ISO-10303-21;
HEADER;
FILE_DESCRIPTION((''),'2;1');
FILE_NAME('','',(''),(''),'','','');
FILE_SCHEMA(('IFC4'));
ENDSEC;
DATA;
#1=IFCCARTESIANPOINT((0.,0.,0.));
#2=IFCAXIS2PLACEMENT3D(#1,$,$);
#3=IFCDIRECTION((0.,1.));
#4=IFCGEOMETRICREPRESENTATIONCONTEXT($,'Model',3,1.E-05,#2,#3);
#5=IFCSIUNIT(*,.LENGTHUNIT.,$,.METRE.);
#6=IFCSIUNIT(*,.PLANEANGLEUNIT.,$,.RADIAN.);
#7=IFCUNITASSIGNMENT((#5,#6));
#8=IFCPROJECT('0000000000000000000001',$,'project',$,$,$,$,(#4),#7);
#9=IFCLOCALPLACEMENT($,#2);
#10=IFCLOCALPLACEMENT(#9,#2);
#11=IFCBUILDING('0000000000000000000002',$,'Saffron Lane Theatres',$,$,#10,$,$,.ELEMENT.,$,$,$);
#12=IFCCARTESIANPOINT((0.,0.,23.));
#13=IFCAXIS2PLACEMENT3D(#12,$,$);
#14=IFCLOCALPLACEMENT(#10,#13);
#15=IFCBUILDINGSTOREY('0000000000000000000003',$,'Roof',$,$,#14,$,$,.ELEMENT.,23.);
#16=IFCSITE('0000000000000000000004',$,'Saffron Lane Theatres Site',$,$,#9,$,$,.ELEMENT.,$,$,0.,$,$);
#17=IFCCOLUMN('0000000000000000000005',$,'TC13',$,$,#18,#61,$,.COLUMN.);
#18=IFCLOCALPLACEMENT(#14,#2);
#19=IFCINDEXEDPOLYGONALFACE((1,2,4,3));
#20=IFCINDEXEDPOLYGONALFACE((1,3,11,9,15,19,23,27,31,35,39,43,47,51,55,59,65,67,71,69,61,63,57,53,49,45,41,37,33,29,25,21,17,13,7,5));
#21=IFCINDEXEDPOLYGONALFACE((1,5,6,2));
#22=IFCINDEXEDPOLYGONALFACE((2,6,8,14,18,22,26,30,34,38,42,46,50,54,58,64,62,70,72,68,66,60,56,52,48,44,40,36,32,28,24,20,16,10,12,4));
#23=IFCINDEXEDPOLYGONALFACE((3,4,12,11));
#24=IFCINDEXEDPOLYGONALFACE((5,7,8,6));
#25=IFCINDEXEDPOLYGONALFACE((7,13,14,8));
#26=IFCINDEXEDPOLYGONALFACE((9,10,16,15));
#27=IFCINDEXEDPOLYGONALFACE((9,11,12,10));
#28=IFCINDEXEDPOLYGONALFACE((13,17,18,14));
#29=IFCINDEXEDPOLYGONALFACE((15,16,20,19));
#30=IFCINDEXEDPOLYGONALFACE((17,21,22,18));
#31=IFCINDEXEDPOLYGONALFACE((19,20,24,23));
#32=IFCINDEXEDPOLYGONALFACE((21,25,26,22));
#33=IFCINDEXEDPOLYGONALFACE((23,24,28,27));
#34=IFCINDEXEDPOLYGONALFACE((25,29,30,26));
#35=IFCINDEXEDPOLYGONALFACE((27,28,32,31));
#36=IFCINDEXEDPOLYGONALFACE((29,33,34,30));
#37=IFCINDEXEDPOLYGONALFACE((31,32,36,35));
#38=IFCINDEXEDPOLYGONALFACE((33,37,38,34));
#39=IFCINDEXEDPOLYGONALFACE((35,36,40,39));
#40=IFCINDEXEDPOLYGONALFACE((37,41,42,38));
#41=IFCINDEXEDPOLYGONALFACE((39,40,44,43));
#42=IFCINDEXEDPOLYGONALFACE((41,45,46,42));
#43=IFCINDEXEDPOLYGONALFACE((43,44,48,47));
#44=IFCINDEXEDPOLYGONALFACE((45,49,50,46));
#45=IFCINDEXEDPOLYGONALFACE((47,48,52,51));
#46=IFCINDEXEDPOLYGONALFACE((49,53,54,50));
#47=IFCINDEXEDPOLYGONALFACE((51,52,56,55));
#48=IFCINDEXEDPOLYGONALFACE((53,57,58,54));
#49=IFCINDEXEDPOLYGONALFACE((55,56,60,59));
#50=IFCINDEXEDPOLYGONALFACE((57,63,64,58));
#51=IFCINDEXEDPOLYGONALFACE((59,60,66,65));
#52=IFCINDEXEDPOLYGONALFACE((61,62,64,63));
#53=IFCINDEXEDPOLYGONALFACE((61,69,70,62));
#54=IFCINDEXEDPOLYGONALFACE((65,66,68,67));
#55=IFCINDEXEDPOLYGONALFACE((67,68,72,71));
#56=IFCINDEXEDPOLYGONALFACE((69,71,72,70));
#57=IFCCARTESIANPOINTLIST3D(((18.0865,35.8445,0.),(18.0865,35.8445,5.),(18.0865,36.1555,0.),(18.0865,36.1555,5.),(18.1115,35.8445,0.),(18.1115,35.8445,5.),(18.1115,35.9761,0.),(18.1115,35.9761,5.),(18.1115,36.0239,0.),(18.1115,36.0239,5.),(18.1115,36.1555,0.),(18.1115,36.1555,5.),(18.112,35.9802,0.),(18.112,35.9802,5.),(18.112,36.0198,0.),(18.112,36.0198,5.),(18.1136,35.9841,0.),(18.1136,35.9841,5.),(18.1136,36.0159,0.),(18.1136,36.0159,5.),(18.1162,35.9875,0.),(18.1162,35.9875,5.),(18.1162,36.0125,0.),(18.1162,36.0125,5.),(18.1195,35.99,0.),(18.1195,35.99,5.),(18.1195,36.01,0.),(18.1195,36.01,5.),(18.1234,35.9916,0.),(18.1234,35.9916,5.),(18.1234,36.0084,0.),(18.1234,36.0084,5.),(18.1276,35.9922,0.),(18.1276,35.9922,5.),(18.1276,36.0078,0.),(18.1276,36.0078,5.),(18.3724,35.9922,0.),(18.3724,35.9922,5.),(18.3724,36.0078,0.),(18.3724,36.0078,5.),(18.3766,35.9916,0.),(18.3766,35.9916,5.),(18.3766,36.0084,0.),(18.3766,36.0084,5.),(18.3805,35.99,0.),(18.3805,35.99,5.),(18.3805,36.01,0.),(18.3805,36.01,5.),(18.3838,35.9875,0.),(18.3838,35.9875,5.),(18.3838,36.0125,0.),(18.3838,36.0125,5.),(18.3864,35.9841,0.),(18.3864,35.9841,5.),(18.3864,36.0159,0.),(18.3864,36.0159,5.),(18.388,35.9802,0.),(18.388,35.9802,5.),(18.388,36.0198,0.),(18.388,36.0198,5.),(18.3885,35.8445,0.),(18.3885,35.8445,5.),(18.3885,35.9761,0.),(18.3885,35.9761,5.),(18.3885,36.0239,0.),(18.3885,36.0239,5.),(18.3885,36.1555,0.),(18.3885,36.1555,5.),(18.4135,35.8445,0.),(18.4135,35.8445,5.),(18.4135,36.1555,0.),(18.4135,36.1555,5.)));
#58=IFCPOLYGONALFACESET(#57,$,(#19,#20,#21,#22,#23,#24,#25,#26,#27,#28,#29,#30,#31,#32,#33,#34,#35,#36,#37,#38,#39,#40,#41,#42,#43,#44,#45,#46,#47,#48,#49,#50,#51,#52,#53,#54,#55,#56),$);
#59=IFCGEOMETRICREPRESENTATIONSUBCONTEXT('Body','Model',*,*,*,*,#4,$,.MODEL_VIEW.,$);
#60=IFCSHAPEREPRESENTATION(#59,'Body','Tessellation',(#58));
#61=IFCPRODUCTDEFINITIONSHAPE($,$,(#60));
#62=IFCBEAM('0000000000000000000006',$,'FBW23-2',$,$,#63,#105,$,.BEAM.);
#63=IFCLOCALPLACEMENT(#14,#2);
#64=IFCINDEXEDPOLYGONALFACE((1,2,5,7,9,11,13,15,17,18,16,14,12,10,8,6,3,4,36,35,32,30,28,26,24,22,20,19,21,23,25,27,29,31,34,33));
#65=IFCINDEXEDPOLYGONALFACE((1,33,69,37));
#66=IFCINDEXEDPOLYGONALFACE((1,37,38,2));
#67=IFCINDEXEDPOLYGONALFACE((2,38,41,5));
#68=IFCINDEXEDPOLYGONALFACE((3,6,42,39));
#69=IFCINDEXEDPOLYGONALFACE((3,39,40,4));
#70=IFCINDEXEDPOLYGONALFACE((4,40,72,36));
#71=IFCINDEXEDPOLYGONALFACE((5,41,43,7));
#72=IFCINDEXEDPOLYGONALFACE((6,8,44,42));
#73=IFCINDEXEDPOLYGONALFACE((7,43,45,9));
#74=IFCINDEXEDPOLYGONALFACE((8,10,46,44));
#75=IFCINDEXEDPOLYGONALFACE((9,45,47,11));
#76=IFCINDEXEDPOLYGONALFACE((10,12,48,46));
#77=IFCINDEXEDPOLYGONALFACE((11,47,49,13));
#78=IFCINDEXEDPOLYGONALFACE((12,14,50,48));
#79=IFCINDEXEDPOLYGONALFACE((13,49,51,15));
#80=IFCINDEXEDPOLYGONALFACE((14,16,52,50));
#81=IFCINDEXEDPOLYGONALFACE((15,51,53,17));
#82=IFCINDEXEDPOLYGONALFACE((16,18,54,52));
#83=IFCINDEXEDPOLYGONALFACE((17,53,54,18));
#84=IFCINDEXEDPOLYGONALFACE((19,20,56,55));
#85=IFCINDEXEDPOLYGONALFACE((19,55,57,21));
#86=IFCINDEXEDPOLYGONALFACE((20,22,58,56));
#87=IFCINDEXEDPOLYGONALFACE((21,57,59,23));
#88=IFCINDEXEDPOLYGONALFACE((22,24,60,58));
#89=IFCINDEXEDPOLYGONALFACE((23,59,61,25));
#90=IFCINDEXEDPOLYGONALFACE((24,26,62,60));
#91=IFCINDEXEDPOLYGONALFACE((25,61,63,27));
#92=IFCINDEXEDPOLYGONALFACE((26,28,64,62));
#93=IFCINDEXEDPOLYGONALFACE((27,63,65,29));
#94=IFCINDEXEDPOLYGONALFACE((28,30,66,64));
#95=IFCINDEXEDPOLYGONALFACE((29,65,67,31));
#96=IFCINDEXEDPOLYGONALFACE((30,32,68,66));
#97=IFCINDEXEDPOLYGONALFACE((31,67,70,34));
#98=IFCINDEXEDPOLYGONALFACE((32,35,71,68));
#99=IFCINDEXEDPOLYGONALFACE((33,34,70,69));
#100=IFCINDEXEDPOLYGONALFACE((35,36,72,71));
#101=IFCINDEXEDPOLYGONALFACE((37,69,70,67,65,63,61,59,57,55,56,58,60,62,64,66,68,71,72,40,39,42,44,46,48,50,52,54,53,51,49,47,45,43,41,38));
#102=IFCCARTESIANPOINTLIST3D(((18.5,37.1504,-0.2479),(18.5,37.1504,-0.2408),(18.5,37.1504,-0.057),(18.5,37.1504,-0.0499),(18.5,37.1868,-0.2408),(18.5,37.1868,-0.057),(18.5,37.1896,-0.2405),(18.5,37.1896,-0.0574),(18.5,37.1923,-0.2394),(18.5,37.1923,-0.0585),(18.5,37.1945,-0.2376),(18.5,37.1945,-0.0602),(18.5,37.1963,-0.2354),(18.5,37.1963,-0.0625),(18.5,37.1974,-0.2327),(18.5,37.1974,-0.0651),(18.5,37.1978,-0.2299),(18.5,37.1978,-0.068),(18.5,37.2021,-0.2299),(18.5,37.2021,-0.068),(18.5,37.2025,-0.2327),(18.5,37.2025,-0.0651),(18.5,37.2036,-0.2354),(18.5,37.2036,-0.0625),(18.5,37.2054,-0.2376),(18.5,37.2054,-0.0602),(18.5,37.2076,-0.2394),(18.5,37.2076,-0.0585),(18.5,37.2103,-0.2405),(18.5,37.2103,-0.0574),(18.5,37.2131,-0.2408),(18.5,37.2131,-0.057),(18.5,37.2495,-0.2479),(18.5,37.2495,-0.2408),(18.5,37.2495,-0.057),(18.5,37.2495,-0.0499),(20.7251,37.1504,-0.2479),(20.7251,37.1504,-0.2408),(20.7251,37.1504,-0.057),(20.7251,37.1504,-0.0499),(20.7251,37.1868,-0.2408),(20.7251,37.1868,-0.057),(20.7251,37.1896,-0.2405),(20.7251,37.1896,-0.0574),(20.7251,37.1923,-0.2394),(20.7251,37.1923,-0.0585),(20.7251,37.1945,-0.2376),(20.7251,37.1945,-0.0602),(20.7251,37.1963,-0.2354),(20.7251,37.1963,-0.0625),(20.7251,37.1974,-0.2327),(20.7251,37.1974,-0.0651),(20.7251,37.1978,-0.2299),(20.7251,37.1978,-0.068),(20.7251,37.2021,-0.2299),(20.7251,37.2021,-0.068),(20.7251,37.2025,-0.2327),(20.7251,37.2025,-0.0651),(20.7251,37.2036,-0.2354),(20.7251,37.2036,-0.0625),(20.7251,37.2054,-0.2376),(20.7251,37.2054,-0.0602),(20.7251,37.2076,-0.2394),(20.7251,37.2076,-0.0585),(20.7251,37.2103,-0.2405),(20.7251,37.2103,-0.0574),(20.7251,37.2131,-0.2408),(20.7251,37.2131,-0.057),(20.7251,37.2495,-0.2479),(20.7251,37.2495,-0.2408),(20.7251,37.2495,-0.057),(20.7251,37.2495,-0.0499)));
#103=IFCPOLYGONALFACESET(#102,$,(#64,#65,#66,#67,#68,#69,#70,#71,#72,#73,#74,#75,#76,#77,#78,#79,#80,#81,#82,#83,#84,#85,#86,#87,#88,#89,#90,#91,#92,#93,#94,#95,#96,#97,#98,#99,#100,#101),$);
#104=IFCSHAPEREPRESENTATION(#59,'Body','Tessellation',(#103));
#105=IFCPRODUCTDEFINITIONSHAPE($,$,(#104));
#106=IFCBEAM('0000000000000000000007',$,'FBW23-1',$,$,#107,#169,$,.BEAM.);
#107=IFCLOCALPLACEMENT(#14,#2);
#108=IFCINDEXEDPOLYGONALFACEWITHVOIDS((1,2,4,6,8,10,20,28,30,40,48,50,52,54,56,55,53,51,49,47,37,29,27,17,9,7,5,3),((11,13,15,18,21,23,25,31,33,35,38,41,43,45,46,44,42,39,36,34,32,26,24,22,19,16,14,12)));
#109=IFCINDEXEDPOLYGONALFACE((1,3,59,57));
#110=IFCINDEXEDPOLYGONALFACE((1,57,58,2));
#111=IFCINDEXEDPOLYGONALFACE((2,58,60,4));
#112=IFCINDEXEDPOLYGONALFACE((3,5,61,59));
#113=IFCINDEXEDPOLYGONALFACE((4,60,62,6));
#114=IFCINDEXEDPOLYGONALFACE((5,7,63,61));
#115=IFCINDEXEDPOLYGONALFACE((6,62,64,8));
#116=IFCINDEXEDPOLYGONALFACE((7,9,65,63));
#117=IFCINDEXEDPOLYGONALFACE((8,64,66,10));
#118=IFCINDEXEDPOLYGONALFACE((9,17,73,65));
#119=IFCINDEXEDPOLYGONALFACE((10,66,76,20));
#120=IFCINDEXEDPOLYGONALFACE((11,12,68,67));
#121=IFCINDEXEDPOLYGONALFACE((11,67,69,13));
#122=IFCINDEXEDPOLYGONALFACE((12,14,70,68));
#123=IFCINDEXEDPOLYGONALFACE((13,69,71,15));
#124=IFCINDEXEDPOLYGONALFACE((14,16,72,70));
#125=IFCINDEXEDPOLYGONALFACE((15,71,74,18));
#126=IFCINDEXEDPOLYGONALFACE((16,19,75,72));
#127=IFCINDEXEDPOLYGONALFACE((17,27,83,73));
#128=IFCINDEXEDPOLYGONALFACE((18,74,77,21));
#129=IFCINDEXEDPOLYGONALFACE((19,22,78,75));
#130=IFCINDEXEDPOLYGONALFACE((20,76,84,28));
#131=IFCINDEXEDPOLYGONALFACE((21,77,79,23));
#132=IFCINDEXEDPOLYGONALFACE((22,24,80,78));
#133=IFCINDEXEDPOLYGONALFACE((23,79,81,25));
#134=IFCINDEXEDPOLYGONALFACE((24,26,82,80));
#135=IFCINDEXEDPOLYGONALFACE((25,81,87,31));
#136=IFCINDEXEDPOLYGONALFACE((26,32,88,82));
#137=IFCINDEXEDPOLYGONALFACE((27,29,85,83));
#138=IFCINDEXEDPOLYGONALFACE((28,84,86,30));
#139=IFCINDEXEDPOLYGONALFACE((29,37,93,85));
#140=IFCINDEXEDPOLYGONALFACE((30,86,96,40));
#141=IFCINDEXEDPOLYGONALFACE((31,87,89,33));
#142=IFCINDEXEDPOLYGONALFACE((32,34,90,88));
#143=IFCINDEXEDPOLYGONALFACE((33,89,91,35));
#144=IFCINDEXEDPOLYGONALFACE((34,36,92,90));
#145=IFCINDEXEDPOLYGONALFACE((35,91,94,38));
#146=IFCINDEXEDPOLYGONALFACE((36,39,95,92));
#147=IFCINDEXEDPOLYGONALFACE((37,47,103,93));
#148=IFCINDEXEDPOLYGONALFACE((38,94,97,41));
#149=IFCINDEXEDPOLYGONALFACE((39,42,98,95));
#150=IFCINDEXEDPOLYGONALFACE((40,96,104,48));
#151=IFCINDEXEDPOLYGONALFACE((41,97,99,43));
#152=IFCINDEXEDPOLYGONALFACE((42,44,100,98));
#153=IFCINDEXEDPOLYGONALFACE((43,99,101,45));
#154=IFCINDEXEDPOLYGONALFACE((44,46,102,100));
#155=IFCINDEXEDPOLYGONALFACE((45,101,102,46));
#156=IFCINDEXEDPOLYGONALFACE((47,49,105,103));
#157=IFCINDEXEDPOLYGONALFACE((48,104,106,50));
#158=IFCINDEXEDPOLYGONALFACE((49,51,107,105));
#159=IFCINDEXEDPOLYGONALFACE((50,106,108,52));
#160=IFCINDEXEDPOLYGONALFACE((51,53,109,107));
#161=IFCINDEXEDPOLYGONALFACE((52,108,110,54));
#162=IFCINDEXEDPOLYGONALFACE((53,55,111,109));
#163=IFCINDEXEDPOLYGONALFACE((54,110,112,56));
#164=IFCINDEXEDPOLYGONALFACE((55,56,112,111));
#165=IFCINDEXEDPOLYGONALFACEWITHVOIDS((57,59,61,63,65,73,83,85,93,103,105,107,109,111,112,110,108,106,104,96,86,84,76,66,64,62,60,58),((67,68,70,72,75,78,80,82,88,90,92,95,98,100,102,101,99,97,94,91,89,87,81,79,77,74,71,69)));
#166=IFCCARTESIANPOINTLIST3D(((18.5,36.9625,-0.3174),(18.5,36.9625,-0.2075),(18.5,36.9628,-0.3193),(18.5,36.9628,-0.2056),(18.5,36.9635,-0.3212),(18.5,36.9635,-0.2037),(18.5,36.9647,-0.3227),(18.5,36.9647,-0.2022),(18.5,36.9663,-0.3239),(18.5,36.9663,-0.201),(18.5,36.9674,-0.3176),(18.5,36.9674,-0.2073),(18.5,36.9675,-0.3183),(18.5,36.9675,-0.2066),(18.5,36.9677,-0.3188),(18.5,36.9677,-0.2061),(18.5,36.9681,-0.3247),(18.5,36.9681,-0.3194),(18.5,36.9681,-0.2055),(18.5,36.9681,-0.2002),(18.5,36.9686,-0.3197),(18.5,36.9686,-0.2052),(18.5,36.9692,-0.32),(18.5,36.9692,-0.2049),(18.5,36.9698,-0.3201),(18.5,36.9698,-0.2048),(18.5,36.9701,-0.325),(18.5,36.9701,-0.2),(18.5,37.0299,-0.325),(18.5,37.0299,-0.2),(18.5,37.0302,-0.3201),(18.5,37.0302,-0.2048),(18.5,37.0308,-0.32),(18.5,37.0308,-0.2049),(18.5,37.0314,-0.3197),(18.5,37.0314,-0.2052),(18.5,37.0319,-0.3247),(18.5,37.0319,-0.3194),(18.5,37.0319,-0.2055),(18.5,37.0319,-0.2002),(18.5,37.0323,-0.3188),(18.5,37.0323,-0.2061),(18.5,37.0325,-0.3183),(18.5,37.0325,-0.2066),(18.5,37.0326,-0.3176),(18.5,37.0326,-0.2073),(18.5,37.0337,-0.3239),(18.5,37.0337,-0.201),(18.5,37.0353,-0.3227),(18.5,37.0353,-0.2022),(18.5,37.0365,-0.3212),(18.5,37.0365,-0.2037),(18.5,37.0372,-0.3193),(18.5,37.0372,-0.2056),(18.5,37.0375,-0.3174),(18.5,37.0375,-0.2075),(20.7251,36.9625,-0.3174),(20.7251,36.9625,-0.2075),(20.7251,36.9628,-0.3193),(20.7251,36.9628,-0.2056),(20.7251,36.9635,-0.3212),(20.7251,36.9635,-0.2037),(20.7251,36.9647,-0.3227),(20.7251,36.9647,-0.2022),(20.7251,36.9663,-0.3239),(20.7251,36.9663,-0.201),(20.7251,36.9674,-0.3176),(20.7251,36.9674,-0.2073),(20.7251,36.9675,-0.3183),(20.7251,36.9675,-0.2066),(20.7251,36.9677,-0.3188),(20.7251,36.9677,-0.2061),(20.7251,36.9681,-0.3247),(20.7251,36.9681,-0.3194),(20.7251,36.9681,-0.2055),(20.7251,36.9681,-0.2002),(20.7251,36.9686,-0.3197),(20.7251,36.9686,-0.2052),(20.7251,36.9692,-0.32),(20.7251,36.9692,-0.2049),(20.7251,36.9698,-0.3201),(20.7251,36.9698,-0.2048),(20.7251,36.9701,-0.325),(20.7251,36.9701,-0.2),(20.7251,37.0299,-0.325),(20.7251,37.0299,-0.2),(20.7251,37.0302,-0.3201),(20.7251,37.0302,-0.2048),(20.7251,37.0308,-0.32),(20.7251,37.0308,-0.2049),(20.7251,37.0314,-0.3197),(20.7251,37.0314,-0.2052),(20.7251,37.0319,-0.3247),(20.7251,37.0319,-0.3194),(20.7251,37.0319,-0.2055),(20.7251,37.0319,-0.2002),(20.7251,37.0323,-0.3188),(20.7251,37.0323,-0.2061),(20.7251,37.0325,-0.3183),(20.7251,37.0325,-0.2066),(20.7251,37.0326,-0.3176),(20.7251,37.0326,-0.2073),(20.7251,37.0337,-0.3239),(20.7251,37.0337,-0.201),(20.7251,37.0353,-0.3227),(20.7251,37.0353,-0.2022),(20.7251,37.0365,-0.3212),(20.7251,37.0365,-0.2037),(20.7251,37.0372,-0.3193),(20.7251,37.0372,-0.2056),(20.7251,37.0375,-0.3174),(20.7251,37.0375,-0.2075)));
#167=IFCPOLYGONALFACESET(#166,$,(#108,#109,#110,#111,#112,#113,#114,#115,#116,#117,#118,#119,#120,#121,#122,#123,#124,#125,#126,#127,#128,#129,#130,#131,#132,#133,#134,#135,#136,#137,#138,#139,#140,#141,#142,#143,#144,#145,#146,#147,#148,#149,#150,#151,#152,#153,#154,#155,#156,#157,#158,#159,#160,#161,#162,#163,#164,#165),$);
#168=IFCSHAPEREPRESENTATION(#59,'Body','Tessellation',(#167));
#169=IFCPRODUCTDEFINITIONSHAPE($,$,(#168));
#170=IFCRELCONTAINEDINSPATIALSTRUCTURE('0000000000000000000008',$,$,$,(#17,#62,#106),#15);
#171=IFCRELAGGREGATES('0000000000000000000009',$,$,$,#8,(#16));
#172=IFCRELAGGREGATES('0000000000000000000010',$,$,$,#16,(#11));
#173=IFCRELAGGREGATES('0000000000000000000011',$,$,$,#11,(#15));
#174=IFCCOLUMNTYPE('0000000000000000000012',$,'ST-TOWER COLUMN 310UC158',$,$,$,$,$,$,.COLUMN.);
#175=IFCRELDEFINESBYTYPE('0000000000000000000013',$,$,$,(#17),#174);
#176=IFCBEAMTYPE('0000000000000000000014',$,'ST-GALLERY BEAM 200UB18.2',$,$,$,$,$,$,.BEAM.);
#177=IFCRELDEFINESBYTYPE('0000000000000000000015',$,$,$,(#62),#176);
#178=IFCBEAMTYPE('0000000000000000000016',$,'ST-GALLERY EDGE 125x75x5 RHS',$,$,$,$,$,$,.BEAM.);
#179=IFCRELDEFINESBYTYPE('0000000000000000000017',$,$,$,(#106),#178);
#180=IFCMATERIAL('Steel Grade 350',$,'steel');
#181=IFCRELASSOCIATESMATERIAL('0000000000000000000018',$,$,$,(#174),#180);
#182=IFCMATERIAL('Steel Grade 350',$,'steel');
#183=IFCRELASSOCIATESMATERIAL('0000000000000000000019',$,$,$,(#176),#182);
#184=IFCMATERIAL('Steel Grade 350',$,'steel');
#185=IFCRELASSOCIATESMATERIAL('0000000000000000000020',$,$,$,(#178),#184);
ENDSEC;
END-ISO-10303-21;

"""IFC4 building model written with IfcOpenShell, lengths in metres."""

from ifc_helpers import new_model, si_unit, direction, frame, origin, origin_2d, place, context, subcontext, project, spatial, hollow_rectangle, i_section, extrude, material, material_profile, profile_set, type_object, element, save


model = new_model("IFC4")

# Units and contexts
model_context = context("Model", 3, precision=1e-05, world=origin(), true_north=direction((0.0, 1.0)))
body_context = subcontext(model_context, "Body", "Model", "MODEL_VIEW")
ifc_project = project(units=[si_unit("LENGTHUNIT", "METRE"), si_unit("PLANEANGLEUNIT", "RADIAN")], contexts=[model_context])

# Site, building, storey
site_placement = place(None, origin())
site = spatial("IfcSite", under=ifc_project, at=site_placement, Name="Saffron Lane Theatres Site", CompositionType="ELEMENT", RefElevation=0.0)
building_placement = place(site_placement, origin())
building = spatial("IfcBuilding", under=site, at=building_placement, Name="Saffron Lane Theatres", CompositionType="ELEMENT")
storey_placement = place(building_placement, frame((0.0, 0.0, 23.0)))
storey = spatial("IfcBuildingStorey", under=building, at=storey_placement, Name="Roof", CompositionType="ELEMENT", Elevation=23.0)

# Column
ifc_material_1 = material(Name="Steel Grade 350", Category="steel")
ifc_material_profile_1 = material_profile(ifc_material_1, i_section(OverallWidth=0.311, OverallDepth=0.3269, WebThickness=0.0156, FlangeThickness=0.0249, FilletRadius=0.0161, at=origin_2d()))
ifc_profile_set_1 = profile_set([ifc_material_profile_1], Name="Steel Grade 350")
column_type = type_object("IfcColumnType", Name="ST-TOWER COLUMN 310UC158", PredefinedType="COLUMN", material=ifc_profile_set_1)
column_placement = place(storey_placement, frame((18.25, 36.0, 0.0), z_axis=(0.0, 0.0, 1.0), x_axis=(0.0, 1.0, 0.0)))
element("IfcColumn", 1, at=column_placement, inside=storey, type_object=column_type, Name="TC13", PredefinedType="COLUMN", context=body_context, shape_type="SweptSolid", body=[
    extrude(i_section(OverallWidth=0.311, OverallDepth=0.3269, WebThickness=0.0156, FlangeThickness=0.0249, FilletRadius=0.0161, at=origin_2d()), origin(), (0.0, 0.0, 1.0), 5.0),
])

# Beams
ifc_material_2 = material(Name="Steel Grade 350", Category="steel")
ifc_material_profile_2 = material_profile(ifc_material_2, i_section(OverallWidth=0.0991, OverallDepth=0.198, WebThickness=0.0044, FlangeThickness=0.0071, FilletRadius=0.011, at=origin_2d()))
ifc_profile_set_2 = profile_set([ifc_material_profile_2], Name="Steel Grade 350")
beam_type_1 = type_object("IfcBeamType", Name="ST-GALLERY BEAM 200UB18.2", PredefinedType="BEAM", material=ifc_profile_set_2)
beam_1_placement = place(storey_placement, frame((18.5, 37.2, -0.1489), z_axis=(1.0, 0.0, 0.0), x_axis=(0.0, 1.0, 0.0)))
element("IfcBeam", 2, at=beam_1_placement, inside=storey, type_object=beam_type_1, Name="FBW23-2", PredefinedType="BEAM", context=body_context, shape_type="SweptSolid", body=[
    extrude(i_section(OverallWidth=0.0991, OverallDepth=0.198, WebThickness=0.0044, FlangeThickness=0.0071, FilletRadius=0.011, at=origin_2d()), origin(), (0.0, 0.0, 1.0), 2.2251),
])
ifc_material_3 = material(Name="Steel Grade 350", Category="steel")
ifc_material_profile_3 = material_profile(ifc_material_3, hollow_rectangle(XDim=0.075, YDim=0.125, WallThickness=0.0049, InnerFilletRadius=0.0024, OuterFilletRadius=0.0076, at=origin_2d()))
ifc_profile_set_3 = profile_set([ifc_material_profile_3], Name="Steel Grade 350")
beam_type_2 = type_object("IfcBeamType", Name="ST-GALLERY EDGE 125x75x5 RHS", PredefinedType="BEAM", material=ifc_profile_set_3)
beam_2_placement = place(storey_placement, frame((18.5, 37.0, -0.2625), z_axis=(1.0, 0.0, 0.0), x_axis=(0.0, 1.0, 0.0)))
element("IfcBeam", 3, at=beam_2_placement, inside=storey, type_object=beam_type_2, Name="FBW23-1", PredefinedType="BEAM", context=body_context, shape_type="SweptSolid", body=[
    extrude(hollow_rectangle(XDim=0.075, YDim=0.125, WallThickness=0.0049, InnerFilletRadius=0.0024, OuterFilletRadius=0.0076, at=origin_2d()), origin(), (0.0, 0.0, 1.0), 2.2251),
])

save(model, "model.ifc")
